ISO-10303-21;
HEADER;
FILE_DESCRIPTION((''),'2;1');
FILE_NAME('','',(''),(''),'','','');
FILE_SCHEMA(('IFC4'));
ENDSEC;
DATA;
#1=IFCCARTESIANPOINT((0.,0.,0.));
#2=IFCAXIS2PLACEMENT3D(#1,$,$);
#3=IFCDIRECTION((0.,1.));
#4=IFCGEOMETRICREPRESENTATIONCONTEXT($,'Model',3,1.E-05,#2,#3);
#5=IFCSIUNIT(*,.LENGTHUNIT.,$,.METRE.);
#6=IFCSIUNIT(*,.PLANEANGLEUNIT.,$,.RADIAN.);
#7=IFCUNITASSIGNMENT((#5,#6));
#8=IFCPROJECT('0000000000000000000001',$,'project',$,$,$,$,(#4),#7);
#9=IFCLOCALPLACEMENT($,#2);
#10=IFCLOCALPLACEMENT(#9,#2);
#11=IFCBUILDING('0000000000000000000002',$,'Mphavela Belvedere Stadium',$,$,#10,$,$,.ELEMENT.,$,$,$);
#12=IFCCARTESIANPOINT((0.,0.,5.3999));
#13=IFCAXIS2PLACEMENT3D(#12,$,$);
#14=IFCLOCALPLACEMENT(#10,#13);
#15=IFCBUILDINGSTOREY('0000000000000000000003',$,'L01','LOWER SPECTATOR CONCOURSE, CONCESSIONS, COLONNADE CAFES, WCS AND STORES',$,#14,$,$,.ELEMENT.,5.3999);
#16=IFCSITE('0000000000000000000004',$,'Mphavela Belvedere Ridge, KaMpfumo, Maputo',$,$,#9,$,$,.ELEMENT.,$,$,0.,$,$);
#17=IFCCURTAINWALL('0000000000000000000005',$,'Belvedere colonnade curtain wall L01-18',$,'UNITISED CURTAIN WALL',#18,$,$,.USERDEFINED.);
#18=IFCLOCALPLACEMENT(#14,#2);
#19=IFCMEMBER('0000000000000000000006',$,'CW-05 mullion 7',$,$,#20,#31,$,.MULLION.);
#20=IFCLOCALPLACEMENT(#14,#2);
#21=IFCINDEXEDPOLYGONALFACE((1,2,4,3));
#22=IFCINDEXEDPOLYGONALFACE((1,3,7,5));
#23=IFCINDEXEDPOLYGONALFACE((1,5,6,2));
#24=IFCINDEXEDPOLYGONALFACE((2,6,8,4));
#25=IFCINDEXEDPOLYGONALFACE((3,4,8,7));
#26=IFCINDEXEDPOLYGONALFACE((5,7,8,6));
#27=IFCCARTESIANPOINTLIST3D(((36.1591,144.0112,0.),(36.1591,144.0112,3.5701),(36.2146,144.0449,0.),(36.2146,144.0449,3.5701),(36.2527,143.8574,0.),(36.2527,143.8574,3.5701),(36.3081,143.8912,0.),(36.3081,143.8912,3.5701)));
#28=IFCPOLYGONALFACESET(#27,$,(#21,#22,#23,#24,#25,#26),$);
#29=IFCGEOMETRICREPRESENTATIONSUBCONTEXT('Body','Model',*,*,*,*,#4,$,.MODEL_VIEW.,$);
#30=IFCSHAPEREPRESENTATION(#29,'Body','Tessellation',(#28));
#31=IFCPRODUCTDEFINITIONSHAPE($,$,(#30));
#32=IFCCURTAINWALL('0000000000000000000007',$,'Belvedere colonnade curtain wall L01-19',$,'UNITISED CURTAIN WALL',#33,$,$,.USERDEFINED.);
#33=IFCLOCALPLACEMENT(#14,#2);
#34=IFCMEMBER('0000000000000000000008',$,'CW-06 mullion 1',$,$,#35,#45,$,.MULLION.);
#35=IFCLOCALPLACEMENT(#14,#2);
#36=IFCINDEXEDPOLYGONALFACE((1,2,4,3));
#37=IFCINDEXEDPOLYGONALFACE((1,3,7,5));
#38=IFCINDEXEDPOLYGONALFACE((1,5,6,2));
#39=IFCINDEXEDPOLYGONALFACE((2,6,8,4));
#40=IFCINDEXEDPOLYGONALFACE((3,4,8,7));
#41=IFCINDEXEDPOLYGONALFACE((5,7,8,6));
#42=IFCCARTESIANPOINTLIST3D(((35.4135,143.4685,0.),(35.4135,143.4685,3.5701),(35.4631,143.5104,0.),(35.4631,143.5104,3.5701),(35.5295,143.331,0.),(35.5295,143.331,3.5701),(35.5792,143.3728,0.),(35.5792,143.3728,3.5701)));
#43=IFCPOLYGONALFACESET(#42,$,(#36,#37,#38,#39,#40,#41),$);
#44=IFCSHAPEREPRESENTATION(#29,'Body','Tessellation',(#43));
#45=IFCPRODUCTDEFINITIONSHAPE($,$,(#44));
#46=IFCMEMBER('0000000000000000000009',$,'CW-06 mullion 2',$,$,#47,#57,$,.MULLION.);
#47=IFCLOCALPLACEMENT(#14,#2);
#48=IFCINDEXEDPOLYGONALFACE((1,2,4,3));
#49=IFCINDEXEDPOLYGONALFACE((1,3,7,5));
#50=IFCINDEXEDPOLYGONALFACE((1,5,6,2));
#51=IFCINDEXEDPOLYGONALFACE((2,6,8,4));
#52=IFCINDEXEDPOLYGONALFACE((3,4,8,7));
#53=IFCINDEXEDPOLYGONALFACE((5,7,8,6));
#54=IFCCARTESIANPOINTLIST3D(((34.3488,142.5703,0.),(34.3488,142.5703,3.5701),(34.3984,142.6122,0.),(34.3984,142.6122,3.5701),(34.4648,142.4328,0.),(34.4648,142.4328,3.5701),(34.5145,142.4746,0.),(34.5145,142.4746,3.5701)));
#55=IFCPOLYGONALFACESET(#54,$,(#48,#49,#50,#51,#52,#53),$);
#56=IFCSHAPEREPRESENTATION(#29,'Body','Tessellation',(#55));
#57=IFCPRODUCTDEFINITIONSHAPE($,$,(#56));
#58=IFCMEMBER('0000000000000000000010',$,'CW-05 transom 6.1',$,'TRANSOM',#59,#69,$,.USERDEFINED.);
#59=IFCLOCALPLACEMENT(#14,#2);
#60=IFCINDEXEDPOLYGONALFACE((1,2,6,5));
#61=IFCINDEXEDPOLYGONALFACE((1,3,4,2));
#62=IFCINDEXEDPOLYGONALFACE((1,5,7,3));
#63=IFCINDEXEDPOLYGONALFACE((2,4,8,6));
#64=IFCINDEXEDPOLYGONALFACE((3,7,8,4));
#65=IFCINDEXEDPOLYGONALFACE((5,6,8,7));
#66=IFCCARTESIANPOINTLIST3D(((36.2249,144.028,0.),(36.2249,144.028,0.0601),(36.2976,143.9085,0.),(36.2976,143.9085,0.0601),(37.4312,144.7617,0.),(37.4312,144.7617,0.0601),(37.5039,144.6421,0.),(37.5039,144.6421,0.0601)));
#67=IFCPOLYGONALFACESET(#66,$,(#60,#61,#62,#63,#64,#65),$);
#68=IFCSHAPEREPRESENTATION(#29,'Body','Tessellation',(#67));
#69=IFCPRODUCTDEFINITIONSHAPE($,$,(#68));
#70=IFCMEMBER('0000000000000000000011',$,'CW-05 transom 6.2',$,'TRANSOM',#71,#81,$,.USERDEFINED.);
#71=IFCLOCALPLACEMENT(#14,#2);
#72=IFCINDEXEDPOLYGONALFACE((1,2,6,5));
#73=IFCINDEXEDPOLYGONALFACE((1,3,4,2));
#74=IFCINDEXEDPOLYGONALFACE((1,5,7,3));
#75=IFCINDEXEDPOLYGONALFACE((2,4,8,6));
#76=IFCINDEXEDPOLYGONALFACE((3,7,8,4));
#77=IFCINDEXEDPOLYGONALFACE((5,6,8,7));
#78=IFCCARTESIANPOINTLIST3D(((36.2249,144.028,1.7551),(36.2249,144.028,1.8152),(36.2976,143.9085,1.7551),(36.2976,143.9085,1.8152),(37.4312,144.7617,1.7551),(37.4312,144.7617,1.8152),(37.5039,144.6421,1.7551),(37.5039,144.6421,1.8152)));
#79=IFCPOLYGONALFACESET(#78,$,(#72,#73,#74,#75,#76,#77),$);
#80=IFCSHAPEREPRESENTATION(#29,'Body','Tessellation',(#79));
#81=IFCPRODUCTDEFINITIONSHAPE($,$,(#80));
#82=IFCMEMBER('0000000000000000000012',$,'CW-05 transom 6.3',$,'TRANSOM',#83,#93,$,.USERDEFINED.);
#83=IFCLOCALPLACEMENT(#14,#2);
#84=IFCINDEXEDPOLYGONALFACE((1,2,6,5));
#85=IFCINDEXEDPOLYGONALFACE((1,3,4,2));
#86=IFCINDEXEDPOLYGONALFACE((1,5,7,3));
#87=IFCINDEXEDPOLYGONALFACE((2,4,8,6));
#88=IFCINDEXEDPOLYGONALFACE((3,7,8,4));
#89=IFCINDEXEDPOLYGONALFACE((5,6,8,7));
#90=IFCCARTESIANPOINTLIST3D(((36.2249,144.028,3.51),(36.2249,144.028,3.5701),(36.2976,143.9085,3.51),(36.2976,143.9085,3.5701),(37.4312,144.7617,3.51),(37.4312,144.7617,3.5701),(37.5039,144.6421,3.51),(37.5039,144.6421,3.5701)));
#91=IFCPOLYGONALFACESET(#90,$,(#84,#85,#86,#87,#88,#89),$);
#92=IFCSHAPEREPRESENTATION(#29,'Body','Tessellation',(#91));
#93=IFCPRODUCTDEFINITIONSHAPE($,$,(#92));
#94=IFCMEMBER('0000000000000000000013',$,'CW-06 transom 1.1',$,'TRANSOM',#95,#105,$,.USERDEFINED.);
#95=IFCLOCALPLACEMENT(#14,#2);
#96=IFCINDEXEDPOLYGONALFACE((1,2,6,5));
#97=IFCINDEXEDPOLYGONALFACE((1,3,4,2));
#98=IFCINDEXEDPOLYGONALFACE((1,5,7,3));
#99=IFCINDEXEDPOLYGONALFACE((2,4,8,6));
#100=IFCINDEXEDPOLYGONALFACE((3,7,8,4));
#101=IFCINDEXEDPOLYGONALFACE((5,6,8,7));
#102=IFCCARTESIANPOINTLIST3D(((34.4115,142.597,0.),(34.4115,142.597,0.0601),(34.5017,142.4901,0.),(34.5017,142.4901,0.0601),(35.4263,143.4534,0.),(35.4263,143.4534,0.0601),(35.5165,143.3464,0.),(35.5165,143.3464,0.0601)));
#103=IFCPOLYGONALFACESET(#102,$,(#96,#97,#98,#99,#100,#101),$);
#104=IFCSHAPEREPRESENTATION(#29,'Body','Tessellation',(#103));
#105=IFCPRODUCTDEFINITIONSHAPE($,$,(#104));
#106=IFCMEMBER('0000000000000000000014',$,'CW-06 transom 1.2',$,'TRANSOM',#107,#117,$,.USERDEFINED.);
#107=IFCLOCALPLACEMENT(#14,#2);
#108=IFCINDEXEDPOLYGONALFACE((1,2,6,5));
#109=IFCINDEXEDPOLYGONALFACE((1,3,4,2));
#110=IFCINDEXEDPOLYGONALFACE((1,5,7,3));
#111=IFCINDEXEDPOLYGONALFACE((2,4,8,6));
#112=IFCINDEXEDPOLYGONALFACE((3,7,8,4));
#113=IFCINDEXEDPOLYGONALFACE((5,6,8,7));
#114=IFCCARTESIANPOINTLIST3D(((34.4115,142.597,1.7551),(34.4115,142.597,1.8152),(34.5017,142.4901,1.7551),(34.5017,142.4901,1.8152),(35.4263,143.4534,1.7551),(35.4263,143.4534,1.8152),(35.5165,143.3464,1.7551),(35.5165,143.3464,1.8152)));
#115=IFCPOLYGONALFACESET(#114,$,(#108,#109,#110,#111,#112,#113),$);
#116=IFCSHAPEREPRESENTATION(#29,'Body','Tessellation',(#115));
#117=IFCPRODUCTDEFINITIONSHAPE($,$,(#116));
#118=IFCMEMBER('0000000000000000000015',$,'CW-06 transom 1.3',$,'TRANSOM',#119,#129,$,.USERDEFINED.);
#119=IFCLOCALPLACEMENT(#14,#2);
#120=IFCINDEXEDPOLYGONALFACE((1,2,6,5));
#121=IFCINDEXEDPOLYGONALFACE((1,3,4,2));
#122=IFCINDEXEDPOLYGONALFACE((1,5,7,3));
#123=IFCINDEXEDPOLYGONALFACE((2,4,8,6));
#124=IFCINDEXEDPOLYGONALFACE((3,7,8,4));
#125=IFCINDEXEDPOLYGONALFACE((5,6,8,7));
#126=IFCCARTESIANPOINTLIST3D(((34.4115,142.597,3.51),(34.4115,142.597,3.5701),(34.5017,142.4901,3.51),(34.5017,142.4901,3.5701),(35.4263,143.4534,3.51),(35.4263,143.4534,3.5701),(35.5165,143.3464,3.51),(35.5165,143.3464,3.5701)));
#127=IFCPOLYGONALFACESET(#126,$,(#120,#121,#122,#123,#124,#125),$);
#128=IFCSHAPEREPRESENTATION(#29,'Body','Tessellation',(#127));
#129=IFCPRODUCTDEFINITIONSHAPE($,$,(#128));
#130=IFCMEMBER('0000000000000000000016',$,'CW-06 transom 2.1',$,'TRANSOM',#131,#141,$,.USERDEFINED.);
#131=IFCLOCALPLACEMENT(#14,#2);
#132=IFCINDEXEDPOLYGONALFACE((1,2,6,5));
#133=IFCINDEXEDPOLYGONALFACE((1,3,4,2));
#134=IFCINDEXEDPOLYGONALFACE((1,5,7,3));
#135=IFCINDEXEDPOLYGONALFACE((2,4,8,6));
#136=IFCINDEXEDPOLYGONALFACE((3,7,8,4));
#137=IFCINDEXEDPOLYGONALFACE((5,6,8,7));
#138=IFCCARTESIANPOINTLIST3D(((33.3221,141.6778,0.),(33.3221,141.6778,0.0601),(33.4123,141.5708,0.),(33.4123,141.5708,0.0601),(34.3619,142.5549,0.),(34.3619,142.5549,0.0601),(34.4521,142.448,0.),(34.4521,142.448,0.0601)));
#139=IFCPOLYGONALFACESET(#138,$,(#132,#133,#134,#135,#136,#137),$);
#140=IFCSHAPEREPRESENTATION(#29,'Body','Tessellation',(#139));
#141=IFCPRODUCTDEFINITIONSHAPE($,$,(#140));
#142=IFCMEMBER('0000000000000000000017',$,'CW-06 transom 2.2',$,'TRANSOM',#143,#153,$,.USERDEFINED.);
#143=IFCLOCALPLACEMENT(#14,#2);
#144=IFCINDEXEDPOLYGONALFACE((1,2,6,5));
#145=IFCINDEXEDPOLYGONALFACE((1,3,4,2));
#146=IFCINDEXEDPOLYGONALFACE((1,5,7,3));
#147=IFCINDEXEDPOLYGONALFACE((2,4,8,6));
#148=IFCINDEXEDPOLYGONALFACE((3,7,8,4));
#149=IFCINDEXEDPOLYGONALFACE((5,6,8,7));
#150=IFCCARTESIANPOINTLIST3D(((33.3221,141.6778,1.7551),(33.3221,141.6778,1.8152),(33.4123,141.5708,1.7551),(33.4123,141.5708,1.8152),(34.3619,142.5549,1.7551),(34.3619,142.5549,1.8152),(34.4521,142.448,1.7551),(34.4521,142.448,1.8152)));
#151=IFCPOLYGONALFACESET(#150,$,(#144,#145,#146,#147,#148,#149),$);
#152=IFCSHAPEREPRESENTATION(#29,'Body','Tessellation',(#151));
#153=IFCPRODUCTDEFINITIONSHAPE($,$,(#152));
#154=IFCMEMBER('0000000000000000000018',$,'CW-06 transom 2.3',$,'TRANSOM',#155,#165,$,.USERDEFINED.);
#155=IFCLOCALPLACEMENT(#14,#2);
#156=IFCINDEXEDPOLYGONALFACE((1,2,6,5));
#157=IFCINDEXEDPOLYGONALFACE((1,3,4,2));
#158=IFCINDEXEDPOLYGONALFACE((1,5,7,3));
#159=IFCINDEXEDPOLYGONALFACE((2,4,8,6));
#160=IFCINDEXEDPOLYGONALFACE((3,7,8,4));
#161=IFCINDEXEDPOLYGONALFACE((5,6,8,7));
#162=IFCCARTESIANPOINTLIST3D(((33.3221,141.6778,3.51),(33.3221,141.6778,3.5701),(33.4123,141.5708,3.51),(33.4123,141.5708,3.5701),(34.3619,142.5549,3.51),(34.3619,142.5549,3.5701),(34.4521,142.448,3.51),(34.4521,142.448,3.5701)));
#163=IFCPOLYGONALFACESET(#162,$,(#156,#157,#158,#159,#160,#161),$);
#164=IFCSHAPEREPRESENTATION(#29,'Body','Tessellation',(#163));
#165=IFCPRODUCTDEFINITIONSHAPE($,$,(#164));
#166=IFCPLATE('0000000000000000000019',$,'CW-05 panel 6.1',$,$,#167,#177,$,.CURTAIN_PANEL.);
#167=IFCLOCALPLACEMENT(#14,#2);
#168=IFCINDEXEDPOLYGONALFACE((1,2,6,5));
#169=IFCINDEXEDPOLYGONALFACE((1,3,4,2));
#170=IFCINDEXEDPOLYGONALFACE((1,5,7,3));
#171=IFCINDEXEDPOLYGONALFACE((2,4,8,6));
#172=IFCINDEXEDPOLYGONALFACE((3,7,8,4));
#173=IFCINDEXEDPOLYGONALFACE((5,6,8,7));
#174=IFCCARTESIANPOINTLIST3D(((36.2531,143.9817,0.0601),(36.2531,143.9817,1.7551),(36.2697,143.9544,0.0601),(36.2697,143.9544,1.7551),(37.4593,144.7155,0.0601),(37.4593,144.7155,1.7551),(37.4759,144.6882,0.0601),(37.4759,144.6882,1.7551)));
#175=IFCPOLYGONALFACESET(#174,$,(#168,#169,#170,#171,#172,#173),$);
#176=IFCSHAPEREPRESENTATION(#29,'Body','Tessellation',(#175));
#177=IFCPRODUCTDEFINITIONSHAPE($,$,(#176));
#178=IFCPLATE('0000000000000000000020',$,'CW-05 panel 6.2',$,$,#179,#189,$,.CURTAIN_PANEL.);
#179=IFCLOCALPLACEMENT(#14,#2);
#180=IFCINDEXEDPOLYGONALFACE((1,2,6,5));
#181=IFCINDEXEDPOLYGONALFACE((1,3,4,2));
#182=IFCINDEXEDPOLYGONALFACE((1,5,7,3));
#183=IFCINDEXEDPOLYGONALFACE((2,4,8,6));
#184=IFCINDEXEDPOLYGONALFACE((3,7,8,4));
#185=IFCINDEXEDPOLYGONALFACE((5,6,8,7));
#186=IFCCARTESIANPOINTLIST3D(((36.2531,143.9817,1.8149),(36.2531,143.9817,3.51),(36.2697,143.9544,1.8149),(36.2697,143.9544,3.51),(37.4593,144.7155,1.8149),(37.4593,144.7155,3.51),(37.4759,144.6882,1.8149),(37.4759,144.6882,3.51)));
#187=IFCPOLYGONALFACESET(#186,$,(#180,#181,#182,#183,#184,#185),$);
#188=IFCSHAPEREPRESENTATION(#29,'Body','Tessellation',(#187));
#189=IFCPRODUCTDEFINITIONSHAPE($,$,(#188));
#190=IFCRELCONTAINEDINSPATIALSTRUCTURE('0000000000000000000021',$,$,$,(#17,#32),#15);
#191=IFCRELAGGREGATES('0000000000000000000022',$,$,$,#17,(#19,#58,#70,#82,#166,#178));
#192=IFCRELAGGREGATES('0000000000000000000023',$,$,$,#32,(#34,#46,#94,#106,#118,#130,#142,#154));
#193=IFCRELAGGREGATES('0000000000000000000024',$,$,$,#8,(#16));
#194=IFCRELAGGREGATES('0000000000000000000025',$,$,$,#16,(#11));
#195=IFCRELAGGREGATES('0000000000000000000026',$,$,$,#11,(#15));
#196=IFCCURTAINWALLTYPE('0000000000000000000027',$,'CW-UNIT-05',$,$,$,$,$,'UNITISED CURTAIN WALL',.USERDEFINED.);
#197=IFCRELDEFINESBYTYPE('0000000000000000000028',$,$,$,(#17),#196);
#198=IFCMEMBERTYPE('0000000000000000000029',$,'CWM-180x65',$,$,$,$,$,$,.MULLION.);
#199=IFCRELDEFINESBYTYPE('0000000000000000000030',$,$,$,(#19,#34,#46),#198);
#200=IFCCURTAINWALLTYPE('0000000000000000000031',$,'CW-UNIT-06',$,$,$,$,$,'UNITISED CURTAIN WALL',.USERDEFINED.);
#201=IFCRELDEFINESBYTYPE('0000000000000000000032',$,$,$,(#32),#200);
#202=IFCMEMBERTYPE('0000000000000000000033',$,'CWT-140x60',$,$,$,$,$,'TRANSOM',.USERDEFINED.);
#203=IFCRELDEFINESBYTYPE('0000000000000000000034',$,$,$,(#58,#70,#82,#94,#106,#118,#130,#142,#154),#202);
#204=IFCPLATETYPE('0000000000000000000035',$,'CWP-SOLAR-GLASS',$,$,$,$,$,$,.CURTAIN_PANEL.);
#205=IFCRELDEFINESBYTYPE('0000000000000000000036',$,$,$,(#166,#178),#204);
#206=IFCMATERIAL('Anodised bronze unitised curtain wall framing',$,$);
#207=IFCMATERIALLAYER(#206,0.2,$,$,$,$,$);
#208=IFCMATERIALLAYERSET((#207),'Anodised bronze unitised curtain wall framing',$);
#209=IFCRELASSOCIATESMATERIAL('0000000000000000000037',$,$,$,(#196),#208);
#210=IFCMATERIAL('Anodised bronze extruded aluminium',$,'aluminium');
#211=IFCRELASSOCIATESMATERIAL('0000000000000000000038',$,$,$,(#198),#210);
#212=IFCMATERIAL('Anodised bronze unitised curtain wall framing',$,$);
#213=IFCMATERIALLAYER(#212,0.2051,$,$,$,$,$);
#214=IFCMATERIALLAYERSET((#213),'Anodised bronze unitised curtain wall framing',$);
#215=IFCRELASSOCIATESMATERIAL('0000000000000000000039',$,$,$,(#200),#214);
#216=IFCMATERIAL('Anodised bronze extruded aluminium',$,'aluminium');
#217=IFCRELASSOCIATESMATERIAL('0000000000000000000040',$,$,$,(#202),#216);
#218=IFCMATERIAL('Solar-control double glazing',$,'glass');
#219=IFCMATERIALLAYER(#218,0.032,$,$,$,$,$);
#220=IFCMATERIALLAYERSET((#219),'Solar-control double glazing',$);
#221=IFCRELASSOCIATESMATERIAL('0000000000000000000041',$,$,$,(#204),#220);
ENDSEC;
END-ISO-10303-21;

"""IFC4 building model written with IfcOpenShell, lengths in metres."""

from ifc_helpers import new_model, si_unit, direction, frame, origin, origin_2d, place, context, subcontext, project, spatial, rectangle, extrude, material, layer, layer_set, material_profile, profile_set, type_object, element, aggregate, save


model = new_model("IFC4")

# Units and contexts
model_context = context("Model", 3, precision=1e-05, world=origin(), true_north=direction((0.0, 1.0)))
body_context = subcontext(model_context, "Body", "Model", "MODEL_VIEW")
ifc_project = project(units=[si_unit("LENGTHUNIT", "METRE"), si_unit("PLANEANGLEUNIT", "RADIAN")], contexts=[model_context])

# Site, building, storey
site_placement = place(None, origin())
site = spatial("IfcSite", under=ifc_project, at=site_placement, Name="Mphavela Belvedere Ridge, KaMpfumo, Maputo", CompositionType="ELEMENT", RefElevation=0.0)
building_placement = place(site_placement, origin())
building = spatial("IfcBuilding", under=site, at=building_placement, Name="Mphavela Belvedere Stadium", CompositionType="ELEMENT")
storey_placement = place(building_placement, frame((0.0, 0.0, 5.3999)))
storey = spatial("IfcBuildingStorey", under=building, at=storey_placement, Name="L01", Description="LOWER SPECTATOR CONCOURSE, CONCESSIONS, COLONNADE CAFES, WCS AND STORES", CompositionType="ELEMENT", Elevation=5.3999)

# Curtain walls, members
ifc_material_1 = material(Name="Anodised bronze unitised curtain wall framing")
ifc_layer_1 = layer(ifc_material_1, 0.2)
ifc_layer_set_1 = layer_set([ifc_layer_1], Name="Anodised bronze unitised curtain wall framing")
curtain_wall_type_1 = type_object("IfcCurtainWallType", Name="CW-UNIT-05", ElementType="UNITISED CURTAIN WALL", PredefinedType="USERDEFINED", material=ifc_layer_set_1)
curtain_wall_1_placement = place(storey_placement, origin())
curtain_wall_1 = element("IfcCurtainWall", 1, at=curtain_wall_1_placement, inside=storey, type_object=curtain_wall_type_1, Name="Belvedere colonnade curtain wall L01-18", ObjectType="UNITISED CURTAIN WALL", PredefinedType="USERDEFINED")
ifc_material_2 = material(Name="Anodised bronze extruded aluminium", Category="aluminium")
ifc_material_profile_1 = material_profile(ifc_material_2, rectangle(XDim=0.1799, YDim=0.0649, at=origin_2d()), Name="CW-MUL 180x65")
ifc_profile_set_1 = profile_set([ifc_material_profile_1], Name="Anodised bronze extruded aluminium")
member_type_1 = type_object("IfcMemberType", Name="CWM-180x65", PredefinedType="MULLION", material=ifc_profile_set_1)
member_1_placement = place(storey_placement, frame((36.2336, 143.9512, 0.0), z_axis=(0.0, 0.0, 1.0), x_axis=(0.519735, -0.854328, 0.0)))
member_1 = element("IfcMember", 2, at=member_1_placement, type_object=member_type_1, Name="CW-05 mullion 7", PredefinedType="MULLION", context=body_context, shape_type="SweptSolid", body=[
    extrude(rectangle(XDim=0.1799, YDim=0.0649, at=origin_2d()), origin(), (0.0, 0.0, 1.0), 3.5701),
])
ifc_material_3 = material(Name="Anodised bronze unitised curtain wall framing")
ifc_layer_2 = layer(ifc_material_3, 0.2051)
ifc_layer_set_2 = layer_set([ifc_layer_2], Name="Anodised bronze unitised curtain wall framing")
curtain_wall_type_2 = type_object("IfcCurtainWallType", Name="CW-UNIT-06", ElementType="UNITISED CURTAIN WALL", PredefinedType="USERDEFINED", material=ifc_layer_set_2)
curtain_wall_2_placement = place(storey_placement, origin())
curtain_wall_2 = element("IfcCurtainWall", 3, at=curtain_wall_2_placement, inside=storey, type_object=curtain_wall_type_2, Name="Belvedere colonnade curtain wall L01-19", ObjectType="UNITISED CURTAIN WALL", PredefinedType="USERDEFINED")
member_2_placement = place(storey_placement, frame((35.4963, 143.4207, 0.0), z_axis=(0.0, 0.0, 1.0), x_axis=(0.64491, -0.764259, 0.0)))
member_2 = element("IfcMember", 4, at=member_2_placement, type_object=member_type_1, Name="CW-06 mullion 1", PredefinedType="MULLION", context=body_context, shape_type="SweptSolid", body=[
    extrude(rectangle(XDim=0.1799, YDim=0.0649, at=origin_2d()), origin(), (0.0, 0.0, 1.0), 3.5701),
])
member_3_placement = place(storey_placement, frame((34.4316, 142.5225, 0.0), z_axis=(0.0, 0.0, 1.0), x_axis=(0.64491, -0.764259, 0.0)))
member_3 = element("IfcMember", 5, at=member_3_placement, type_object=member_type_1, Name="CW-06 mullion 2", PredefinedType="MULLION", context=body_context, shape_type="SweptSolid", body=[
    extrude(rectangle(XDim=0.1799, YDim=0.0649, at=origin_2d()), origin(), (0.0, 0.0, 1.0), 3.5701),
])

# Members
ifc_material_4 = material(Name="Anodised bronze extruded aluminium", Category="aluminium")
ifc_material_profile_2 = material_profile(ifc_material_4, rectangle(XDim=0.1399, YDim=0.0601, at=origin_2d()), Name="CW-TRN 140x60")
ifc_profile_set_2 = profile_set([ifc_material_profile_2], Name="Anodised bronze extruded aluminium")
member_type_2 = type_object("IfcMemberType", Name="CWT-140x60", ElementType="TRANSOM", PredefinedType="USERDEFINED", material=ifc_profile_set_2)
member_4_placement = place(storey_placement, frame((37.4675, 144.7019, 0.03), z_axis=(-0.854396, -0.519623, 0.0), x_axis=(0.519623, -0.854396, 0.0)))
member_4 = element("IfcMember", 6, at=member_4_placement, type_object=member_type_2, Name="CW-05 transom 6.1", ObjectType="TRANSOM", PredefinedType="USERDEFINED", context=body_context, shape_type="SweptSolid", body=[
    extrude(rectangle(XDim=0.1399, YDim=0.0601, at=origin_2d()), origin(), (0.0, 0.0, 1.0), 1.4119),
])
member_5_placement = place(storey_placement, frame((37.4675, 144.7019, 1.7852), z_axis=(-0.854396, -0.519623, 0.0), x_axis=(0.519623, -0.854396, 0.0)))
member_5 = element("IfcMember", 7, at=member_5_placement, type_object=member_type_2, Name="CW-05 transom 6.2", ObjectType="TRANSOM", PredefinedType="USERDEFINED", context=body_context, shape_type="SweptSolid", body=[
    extrude(rectangle(XDim=0.1399, YDim=0.0601, at=origin_2d()), origin(), (0.0, 0.0, 1.0), 1.4119),
])
member_6_placement = place(storey_placement, frame((37.4675, 144.7019, 3.54), z_axis=(-0.854396, -0.519623, 0.0), x_axis=(0.519623, -0.854396, 0.0)))
member_6 = element("IfcMember", 8, at=member_6_placement, type_object=member_type_2, Name="CW-05 transom 6.3", ObjectType="TRANSOM", PredefinedType="USERDEFINED", context=body_context, shape_type="SweptSolid", body=[
    extrude(rectangle(XDim=0.1399, YDim=0.0601, at=origin_2d()), origin(), (0.0, 0.0, 1.0), 1.4119),
])
member_7_placement = place(storey_placement, frame((35.4714, 143.3999, 0.03), z_axis=(-0.764243, -0.644928, 0.0), x_axis=(0.644928, -0.764243, 0.0)))
member_7 = element("IfcMember", 9, at=member_7_placement, type_object=member_type_2, Name="CW-06 transom 1.1", ObjectType="TRANSOM", PredefinedType="USERDEFINED", context=body_context, shape_type="SweptSolid", body=[
    extrude(rectangle(XDim=0.1399, YDim=0.0601, at=origin_2d()), origin(), (0.0, 0.0, 1.0), 1.3279),
])
member_8_placement = place(storey_placement, frame((35.4714, 143.3999, 1.7852), z_axis=(-0.764243, -0.644928, 0.0), x_axis=(0.644928, -0.764243, 0.0)))
member_8 = element("IfcMember", 10, at=member_8_placement, type_object=member_type_2, Name="CW-06 transom 1.2", ObjectType="TRANSOM", PredefinedType="USERDEFINED", context=body_context, shape_type="SweptSolid", body=[
    extrude(rectangle(XDim=0.1399, YDim=0.0601, at=origin_2d()), origin(), (0.0, 0.0, 1.0), 1.3279),
])
member_9_placement = place(storey_placement, frame((35.4714, 143.3999, 3.54), z_axis=(-0.764243, -0.644928, 0.0), x_axis=(0.644928, -0.764243, 0.0)))
member_9 = element("IfcMember", 11, at=member_9_placement, type_object=member_type_2, Name="CW-06 transom 1.3", ObjectType="TRANSOM", PredefinedType="USERDEFINED", context=body_context, shape_type="SweptSolid", body=[
    extrude(rectangle(XDim=0.1399, YDim=0.0601, at=origin_2d()), origin(), (0.0, 0.0, 1.0), 1.3279),
])
member_10_placement = place(storey_placement, frame((34.407, 142.5015, 0.03), z_axis=(-0.764338, -0.644815, 0.0), x_axis=(0.644815, -0.764338, 0.0)))
member_10 = element("IfcMember", 12, at=member_10_placement, type_object=member_type_2, Name="CW-06 transom 2.1", ObjectType="TRANSOM", PredefinedType="USERDEFINED", context=body_context, shape_type="SweptSolid", body=[
    extrude(rectangle(XDim=0.1399, YDim=0.0601, at=origin_2d()), origin(), (0.0, 0.0, 1.0), 1.3604),
])
member_11_placement = place(storey_placement, frame((34.407, 142.5015, 1.7852), z_axis=(-0.764338, -0.644815, 0.0), x_axis=(0.644815, -0.764338, 0.0)))
member_11 = element("IfcMember", 13, at=member_11_placement, type_object=member_type_2, Name="CW-06 transom 2.2", ObjectType="TRANSOM", PredefinedType="USERDEFINED", context=body_context, shape_type="SweptSolid", body=[
    extrude(rectangle(XDim=0.1399, YDim=0.0601, at=origin_2d()), origin(), (0.0, 0.0, 1.0), 1.3604),
])
member_12_placement = place(storey_placement, frame((34.407, 142.5015, 3.54), z_axis=(-0.764338, -0.644815, 0.0), x_axis=(0.644815, -0.764338, 0.0)))
member_12 = element("IfcMember", 14, at=member_12_placement, type_object=member_type_2, Name="CW-06 transom 2.3", ObjectType="TRANSOM", PredefinedType="USERDEFINED", context=body_context, shape_type="SweptSolid", body=[
    extrude(rectangle(XDim=0.1399, YDim=0.0601, at=origin_2d()), origin(), (0.0, 0.0, 1.0), 1.3604),
])

# Plates
ifc_material_5 = material(Name="Solar-control double glazing", Category="glass")
ifc_layer_3 = layer(ifc_material_5, 0.032)
ifc_layer_set_3 = layer_set([ifc_layer_3], Name="Solar-control double glazing")
plate_type = type_object("IfcPlateType", Name="CWP-SOLAR-GLASS", PredefinedType="CURTAIN_PANEL", material=ifc_layer_set_3)
plate_1_placement = place(storey_placement, frame((36.8645, 144.335, 0.0601), z_axis=(0.0, 0.0, 1.0), x_axis=(-0.854328, -0.519735, 0.0)))
plate_1 = element("IfcPlate", 15, at=plate_1_placement, type_object=plate_type, Name="CW-05 panel 6.1", PredefinedType="CURTAIN_PANEL", context=body_context, shape_type="SweptSolid", body=[
    extrude(rectangle(XDim=1.4119, YDim=0.032, at=origin_2d()), origin(), (0.0, 0.0, 1.0), 1.6951),
])
plate_2_placement = place(storey_placement, frame((36.8645, 144.335, 1.8149), z_axis=(0.0, 0.0, 1.0), x_axis=(-0.854328, -0.519735, 0.0)))
plate_2 = element("IfcPlate", 16, at=plate_2_placement, type_object=plate_type, Name="CW-05 panel 6.2", PredefinedType="CURTAIN_PANEL", context=body_context, shape_type="SweptSolid", body=[
    extrude(rectangle(XDim=1.4119, YDim=0.032, at=origin_2d()), origin(), (0.0, 0.0, 1.0), 1.6951),
])
aggregate(curtain_wall_1, [member_1, member_4, member_5, member_6, plate_1, plate_2])
aggregate(curtain_wall_2, [member_2, member_3, member_7, member_8, member_9, member_10, member_11, member_12])

save(model, "model.ifc")
